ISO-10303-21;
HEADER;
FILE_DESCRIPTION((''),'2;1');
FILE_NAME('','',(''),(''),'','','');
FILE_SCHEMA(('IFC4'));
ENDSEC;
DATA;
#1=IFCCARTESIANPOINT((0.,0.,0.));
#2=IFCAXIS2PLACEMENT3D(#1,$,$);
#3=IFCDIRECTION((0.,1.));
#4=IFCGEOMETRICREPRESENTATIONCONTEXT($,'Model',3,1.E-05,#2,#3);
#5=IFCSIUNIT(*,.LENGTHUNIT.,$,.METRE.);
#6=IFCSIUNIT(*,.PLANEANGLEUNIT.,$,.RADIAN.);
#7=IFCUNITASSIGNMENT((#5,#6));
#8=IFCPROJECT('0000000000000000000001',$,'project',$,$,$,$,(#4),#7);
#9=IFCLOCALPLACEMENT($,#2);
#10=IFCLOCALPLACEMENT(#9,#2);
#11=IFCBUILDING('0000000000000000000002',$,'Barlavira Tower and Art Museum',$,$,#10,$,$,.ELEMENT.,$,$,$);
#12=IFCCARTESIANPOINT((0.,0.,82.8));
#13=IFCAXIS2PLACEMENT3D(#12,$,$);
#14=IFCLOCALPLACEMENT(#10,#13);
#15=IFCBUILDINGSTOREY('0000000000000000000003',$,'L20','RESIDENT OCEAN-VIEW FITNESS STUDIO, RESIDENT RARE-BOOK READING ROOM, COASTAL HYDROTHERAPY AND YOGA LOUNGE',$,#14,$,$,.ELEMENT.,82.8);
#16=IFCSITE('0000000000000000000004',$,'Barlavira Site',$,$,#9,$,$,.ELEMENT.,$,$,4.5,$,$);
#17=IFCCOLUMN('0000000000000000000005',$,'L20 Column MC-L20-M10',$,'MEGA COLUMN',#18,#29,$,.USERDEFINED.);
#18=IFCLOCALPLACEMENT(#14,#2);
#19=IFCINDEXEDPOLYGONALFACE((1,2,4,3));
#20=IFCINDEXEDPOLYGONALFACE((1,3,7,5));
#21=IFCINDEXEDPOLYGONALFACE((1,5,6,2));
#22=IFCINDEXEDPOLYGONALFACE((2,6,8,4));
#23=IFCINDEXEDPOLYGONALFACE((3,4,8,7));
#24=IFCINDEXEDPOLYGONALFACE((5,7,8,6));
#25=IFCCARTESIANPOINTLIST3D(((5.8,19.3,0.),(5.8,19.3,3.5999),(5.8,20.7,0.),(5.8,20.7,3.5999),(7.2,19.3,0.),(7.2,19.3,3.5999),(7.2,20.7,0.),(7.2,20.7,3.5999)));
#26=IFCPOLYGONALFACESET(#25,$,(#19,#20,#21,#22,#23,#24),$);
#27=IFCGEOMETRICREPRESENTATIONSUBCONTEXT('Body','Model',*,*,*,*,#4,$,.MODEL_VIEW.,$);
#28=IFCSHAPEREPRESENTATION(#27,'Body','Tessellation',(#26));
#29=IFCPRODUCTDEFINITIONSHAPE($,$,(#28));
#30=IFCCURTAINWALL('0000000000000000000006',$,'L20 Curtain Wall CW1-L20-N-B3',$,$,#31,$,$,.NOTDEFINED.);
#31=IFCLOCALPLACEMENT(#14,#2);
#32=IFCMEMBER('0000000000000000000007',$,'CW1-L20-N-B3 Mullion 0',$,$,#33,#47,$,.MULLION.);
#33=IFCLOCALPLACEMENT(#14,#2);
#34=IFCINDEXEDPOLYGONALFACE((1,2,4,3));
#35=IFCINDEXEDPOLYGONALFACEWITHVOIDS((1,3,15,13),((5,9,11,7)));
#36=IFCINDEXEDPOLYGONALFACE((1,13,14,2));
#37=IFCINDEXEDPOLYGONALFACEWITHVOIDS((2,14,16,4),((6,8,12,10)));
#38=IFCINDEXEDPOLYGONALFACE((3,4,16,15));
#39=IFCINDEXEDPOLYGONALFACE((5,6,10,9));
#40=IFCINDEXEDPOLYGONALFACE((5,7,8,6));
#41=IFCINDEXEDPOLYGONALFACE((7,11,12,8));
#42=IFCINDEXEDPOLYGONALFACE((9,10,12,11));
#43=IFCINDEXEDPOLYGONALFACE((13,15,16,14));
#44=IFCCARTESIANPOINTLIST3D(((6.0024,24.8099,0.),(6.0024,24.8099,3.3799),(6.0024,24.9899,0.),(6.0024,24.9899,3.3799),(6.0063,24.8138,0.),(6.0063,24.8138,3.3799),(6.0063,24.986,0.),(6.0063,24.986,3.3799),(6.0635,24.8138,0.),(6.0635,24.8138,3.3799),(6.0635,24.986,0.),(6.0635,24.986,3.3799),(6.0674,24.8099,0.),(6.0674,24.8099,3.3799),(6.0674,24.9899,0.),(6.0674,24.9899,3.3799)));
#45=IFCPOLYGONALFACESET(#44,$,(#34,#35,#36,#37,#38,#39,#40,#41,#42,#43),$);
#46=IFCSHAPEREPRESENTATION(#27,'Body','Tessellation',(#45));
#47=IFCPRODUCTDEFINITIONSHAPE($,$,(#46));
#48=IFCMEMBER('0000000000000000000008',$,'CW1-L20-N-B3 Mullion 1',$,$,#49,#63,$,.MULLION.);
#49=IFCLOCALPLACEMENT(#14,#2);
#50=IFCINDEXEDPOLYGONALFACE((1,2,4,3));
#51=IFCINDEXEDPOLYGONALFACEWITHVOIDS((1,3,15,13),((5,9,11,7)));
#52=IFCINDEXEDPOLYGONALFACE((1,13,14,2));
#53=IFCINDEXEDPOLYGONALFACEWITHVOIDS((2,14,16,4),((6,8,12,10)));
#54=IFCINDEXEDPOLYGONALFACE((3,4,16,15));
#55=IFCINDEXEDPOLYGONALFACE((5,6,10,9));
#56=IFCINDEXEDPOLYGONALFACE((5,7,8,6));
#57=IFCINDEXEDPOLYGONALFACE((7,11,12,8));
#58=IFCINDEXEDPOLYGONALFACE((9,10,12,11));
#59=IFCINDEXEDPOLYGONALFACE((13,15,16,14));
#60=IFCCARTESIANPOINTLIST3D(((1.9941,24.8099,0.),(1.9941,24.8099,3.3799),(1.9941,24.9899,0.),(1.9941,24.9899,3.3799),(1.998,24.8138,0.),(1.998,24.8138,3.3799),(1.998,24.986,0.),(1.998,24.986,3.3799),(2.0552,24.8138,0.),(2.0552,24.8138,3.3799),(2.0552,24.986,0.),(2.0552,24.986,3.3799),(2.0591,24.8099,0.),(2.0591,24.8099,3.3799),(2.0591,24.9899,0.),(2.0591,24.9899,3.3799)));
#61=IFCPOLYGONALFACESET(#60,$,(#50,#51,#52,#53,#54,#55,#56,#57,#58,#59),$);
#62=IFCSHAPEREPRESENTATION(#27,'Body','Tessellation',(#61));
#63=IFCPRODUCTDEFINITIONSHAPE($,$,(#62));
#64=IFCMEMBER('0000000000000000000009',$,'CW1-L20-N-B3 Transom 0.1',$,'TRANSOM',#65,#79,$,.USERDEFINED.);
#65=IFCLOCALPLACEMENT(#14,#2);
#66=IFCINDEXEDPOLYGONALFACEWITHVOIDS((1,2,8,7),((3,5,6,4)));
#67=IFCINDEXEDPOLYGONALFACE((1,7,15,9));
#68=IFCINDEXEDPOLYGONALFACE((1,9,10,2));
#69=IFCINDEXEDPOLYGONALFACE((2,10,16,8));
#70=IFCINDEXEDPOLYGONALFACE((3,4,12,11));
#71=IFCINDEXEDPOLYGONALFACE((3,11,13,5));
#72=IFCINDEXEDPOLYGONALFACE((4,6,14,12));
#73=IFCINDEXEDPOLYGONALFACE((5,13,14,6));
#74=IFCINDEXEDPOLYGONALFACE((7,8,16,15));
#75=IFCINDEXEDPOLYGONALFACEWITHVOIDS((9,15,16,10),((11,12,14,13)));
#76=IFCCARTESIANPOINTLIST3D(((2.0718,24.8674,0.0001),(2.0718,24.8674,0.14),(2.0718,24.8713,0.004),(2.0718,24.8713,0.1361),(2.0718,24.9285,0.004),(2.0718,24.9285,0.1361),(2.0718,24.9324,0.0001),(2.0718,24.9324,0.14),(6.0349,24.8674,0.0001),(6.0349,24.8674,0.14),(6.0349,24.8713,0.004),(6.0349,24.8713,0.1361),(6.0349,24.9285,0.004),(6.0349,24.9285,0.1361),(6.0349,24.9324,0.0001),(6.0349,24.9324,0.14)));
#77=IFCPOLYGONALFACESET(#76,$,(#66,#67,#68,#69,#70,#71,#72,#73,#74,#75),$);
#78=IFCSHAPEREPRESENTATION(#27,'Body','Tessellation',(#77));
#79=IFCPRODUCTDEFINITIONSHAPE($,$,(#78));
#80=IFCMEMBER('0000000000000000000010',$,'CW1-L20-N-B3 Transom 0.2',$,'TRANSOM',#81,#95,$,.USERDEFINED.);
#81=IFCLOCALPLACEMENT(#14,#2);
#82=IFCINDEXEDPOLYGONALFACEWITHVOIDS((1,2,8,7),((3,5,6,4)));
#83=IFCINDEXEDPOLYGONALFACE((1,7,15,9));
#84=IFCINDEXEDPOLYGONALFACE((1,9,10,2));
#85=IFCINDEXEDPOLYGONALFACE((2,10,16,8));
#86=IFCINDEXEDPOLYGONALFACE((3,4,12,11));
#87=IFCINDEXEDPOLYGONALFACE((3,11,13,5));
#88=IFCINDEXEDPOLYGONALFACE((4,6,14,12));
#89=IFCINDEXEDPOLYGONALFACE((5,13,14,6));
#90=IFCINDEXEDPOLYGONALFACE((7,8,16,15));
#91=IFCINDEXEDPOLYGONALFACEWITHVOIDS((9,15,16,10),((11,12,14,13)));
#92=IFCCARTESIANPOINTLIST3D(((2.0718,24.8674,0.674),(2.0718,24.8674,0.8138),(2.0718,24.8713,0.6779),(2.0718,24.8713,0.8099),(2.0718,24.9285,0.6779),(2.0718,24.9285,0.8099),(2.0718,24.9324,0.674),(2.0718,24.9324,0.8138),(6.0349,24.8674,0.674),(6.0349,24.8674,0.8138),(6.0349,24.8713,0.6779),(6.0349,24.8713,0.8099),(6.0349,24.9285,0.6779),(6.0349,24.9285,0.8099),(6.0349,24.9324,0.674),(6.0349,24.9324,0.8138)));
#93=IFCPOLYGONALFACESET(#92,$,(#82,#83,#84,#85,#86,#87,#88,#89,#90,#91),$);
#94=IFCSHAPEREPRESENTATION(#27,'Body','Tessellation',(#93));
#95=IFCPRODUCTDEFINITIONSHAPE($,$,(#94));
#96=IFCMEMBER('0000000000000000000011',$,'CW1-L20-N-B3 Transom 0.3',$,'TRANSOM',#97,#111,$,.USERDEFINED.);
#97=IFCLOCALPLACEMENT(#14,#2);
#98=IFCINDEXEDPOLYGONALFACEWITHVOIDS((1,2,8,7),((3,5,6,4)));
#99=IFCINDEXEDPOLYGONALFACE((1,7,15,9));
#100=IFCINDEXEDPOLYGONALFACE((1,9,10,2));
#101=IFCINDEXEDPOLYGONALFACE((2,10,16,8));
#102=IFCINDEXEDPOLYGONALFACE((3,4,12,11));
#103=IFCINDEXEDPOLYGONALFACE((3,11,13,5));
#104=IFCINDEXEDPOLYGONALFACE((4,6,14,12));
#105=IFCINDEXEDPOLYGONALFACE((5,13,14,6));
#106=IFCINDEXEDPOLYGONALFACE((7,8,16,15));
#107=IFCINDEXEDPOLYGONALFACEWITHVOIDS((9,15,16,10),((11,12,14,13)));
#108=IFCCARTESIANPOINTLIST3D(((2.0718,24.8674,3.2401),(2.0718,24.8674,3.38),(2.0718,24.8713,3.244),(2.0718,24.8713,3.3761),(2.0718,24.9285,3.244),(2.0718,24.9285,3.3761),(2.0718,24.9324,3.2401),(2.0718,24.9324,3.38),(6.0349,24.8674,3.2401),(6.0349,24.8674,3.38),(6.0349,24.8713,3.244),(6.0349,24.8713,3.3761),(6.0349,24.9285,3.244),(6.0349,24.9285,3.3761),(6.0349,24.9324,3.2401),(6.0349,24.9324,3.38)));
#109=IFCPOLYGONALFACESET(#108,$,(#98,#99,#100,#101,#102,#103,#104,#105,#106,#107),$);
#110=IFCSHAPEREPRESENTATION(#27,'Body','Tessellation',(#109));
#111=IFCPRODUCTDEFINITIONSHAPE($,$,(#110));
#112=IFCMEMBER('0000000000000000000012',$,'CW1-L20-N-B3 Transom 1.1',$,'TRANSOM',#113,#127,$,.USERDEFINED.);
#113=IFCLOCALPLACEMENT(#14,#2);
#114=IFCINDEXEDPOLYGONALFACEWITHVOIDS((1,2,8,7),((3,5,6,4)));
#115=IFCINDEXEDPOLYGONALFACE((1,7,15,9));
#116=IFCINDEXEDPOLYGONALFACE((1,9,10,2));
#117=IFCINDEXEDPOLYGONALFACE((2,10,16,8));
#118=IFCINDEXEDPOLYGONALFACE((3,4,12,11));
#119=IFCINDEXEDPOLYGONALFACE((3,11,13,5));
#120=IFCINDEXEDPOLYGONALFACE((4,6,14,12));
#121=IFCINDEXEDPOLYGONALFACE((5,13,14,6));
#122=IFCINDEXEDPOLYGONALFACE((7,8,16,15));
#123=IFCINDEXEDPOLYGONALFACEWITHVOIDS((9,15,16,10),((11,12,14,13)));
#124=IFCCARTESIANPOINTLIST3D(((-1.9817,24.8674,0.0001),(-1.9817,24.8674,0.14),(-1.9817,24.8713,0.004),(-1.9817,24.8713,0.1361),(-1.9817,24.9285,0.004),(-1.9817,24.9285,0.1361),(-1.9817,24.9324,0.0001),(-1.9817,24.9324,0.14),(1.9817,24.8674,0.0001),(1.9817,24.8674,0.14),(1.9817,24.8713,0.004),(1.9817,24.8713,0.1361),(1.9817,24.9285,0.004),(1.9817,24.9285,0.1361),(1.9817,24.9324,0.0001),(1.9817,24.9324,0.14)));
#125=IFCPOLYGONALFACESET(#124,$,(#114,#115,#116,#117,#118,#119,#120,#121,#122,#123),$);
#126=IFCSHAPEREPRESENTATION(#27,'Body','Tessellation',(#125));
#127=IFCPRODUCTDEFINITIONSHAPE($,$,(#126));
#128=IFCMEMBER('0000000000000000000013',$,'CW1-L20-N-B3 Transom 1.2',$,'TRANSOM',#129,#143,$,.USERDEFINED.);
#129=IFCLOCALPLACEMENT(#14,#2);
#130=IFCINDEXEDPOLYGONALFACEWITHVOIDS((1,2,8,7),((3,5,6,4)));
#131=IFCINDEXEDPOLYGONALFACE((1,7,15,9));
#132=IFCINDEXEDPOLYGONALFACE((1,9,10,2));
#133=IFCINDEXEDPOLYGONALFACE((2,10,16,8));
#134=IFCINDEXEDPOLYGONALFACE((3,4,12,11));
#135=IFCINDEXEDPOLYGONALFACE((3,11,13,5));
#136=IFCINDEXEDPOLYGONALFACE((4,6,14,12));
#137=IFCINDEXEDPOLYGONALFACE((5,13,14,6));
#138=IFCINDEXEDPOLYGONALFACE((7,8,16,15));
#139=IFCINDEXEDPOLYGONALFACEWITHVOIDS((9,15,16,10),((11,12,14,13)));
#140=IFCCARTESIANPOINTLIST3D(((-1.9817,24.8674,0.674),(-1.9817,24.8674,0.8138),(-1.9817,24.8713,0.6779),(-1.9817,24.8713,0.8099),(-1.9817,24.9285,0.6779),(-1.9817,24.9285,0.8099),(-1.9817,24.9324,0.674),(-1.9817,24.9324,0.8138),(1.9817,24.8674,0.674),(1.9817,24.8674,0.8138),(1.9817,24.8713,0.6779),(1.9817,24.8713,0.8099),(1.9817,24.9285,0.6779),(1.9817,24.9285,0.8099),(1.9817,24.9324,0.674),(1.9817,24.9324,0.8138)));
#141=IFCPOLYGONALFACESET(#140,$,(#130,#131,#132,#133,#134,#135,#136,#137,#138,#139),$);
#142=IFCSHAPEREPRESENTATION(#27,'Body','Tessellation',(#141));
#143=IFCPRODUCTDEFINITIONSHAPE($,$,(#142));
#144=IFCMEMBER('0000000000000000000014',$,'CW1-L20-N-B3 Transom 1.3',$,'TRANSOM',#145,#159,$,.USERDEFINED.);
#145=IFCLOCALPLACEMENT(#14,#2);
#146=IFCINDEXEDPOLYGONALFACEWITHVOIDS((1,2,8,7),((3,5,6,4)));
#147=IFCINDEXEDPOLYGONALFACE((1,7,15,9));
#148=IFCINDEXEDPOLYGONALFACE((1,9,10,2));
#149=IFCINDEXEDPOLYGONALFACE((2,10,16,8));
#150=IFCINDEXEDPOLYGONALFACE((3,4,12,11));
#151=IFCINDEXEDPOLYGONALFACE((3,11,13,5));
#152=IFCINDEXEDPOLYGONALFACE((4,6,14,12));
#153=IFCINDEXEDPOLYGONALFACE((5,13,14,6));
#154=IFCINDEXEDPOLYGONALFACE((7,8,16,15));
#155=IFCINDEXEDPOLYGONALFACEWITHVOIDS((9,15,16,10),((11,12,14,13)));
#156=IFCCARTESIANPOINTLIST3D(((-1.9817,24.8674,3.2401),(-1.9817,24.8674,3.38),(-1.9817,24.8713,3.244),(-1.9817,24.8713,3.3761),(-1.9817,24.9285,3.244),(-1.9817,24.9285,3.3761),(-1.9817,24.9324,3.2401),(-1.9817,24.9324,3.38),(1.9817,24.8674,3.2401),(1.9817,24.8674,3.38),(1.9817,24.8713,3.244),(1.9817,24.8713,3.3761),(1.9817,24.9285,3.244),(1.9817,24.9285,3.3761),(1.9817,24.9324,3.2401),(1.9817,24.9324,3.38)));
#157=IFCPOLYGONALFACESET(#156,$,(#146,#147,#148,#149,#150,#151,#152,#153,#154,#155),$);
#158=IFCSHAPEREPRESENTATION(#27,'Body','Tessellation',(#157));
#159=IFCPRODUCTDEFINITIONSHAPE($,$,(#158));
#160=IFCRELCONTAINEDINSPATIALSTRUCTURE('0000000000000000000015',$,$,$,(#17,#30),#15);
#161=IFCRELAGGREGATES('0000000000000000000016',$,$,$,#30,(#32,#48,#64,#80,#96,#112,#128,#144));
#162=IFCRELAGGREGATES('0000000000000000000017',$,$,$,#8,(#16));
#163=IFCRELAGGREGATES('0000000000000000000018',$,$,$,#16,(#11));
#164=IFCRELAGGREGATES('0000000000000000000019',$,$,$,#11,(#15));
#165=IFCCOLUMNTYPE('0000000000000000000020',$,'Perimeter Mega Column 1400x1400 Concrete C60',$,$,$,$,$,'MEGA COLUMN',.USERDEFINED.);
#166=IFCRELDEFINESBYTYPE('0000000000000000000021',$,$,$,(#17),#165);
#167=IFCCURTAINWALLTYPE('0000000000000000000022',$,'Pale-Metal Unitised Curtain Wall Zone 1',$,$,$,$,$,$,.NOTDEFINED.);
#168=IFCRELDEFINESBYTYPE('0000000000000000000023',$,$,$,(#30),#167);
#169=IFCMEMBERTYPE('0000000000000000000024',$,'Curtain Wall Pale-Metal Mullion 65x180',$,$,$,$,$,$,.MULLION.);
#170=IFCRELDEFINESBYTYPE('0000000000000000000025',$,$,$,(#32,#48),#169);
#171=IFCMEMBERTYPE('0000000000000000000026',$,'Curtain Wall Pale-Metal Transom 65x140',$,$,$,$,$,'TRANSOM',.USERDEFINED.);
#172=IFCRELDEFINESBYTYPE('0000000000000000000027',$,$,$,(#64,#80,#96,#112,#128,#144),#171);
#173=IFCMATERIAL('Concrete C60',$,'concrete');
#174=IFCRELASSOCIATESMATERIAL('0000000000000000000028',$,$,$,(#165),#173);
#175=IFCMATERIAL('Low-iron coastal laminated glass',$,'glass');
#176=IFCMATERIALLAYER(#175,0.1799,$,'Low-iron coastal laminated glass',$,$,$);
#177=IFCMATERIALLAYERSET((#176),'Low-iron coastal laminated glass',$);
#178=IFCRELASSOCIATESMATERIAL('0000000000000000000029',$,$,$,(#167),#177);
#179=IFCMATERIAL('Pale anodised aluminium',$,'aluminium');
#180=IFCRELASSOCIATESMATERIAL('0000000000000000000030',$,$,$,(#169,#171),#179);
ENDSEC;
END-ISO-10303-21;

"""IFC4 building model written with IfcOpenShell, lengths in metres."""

from ifc_helpers import new_model, si_unit, direction, frame, origin, origin_2d, place, context, subcontext, project, spatial, rectangle, hollow_rectangle, extrude, material, layer, layer_set, material_profile, profile_set, type_object, element, aggregate, save


model = new_model("IFC4")

# Units and contexts
model_context = context("Model", 3, precision=1e-05, world=origin(), true_north=direction((0.0, 1.0)))
body_context = subcontext(model_context, "Body", "Model", "MODEL_VIEW")
ifc_project = project(units=[si_unit("LENGTHUNIT", "METRE"), si_unit("PLANEANGLEUNIT", "RADIAN")], contexts=[model_context])

# Site, building, storey
site_placement = place(None, origin())
site = spatial("IfcSite", under=ifc_project, at=site_placement, Name="Barlavira Site", CompositionType="ELEMENT", RefElevation=4.5)
building_placement = place(site_placement, origin())
building = spatial("IfcBuilding", under=site, at=building_placement, Name="Barlavira Tower and Art Museum", CompositionType="ELEMENT")
storey_placement = place(building_placement, frame((0.0, 0.0, 82.8)))
storey = spatial("IfcBuildingStorey", under=building, at=storey_placement, Name="L20", Description="RESIDENT OCEAN-VIEW FITNESS STUDIO, RESIDENT RARE-BOOK READING ROOM, COASTAL HYDROTHERAPY AND YOGA LOUNGE", CompositionType="ELEMENT", Elevation=82.8)

# Column
ifc_material_1 = material(Name="Concrete C60", Category="concrete")
ifc_material_profile_1 = material_profile(ifc_material_1, rectangle(XDim=1.3999, YDim=1.3999, at=origin_2d()), Name="RC-MCOL 1400x1400")
ifc_profile_set_1 = profile_set([ifc_material_profile_1], Name="Concrete C60")
column_type = type_object("IfcColumnType", Name="Perimeter Mega Column 1400x1400 Concrete C60", ElementType="MEGA COLUMN", PredefinedType="USERDEFINED", material=ifc_profile_set_1)
column_placement = place(storey_placement, frame((6.5, 20.0, 0.0), z_axis=(0.0, 0.0, 1.0), x_axis=(1.0, 0.0, 0.0)))
element("IfcColumn", 1, at=column_placement, inside=storey, type_object=column_type, Name="L20 Column MC-L20-M10", ObjectType="MEGA COLUMN", PredefinedType="USERDEFINED", context=body_context, shape_type="SweptSolid", body=[
    extrude(rectangle(XDim=1.3999, YDim=1.3999, at=origin_2d()), origin(), (0.0, 0.0, 1.0), 3.5999),
])

# Curtain wall, members
ifc_material_2 = material(Name="Low-iron coastal laminated glass", Category="glass")
ifc_layer_1 = layer(ifc_material_2, 0.1799, Name="Low-iron coastal laminated glass")
ifc_layer_set_1 = layer_set([ifc_layer_1], Name="Low-iron coastal laminated glass")
curtain_wall_type = type_object("IfcCurtainWallType", Name="Pale-Metal Unitised Curtain Wall Zone 1", PredefinedType="NOTDEFINED", material=ifc_layer_set_1)
curtain_wall_placement = place(storey_placement, origin())
curtain_wall = element("IfcCurtainWall", 2, at=curtain_wall_placement, inside=storey, type_object=curtain_wall_type, Name="L20 Curtain Wall CW1-L20-N-B3", PredefinedType="NOTDEFINED")
ifc_material_3 = material(Name="Pale anodised aluminium", Category="aluminium")
ifc_material_profile_2 = material_profile(ifc_material_3, hollow_rectangle(XDim=0.0649, YDim=0.1799, WallThickness=0.0039, at=origin_2d()), Name="ALU-MULL 65x180x4")
ifc_profile_set_2 = profile_set([ifc_material_profile_2], Name="Pale anodised aluminium")
member_type_1 = type_object("IfcMemberType", Name="Curtain Wall Pale-Metal Mullion 65x180", PredefinedType="MULLION", material=ifc_profile_set_2)
member_1_placement = place(storey_placement, frame((6.0349, 24.8999, 0.0), z_axis=(0.0, 0.0, 1.0), x_axis=(-1.0, 0.0, 0.0)))
member_1 = element("IfcMember", 3, at=member_1_placement, type_object=member_type_1, Name="CW1-L20-N-B3 Mullion 0", PredefinedType="MULLION", context=body_context, shape_type="SweptSolid", body=[
    extrude(hollow_rectangle(XDim=0.0649, YDim=0.1799, WallThickness=0.0039, at=origin_2d()), origin(), (0.0, 0.0, 1.0), 3.3799),
])
member_2_placement = place(storey_placement, frame((2.0266, 24.8999, 0.0), z_axis=(0.0, 0.0, 1.0), x_axis=(-1.0, 0.0, 0.0)))
member_2 = element("IfcMember", 4, at=member_2_placement, type_object=member_type_1, Name="CW1-L20-N-B3 Mullion 1", PredefinedType="MULLION", context=body_context, shape_type="SweptSolid", body=[
    extrude(hollow_rectangle(XDim=0.0649, YDim=0.1799, WallThickness=0.0039, at=origin_2d()), origin(), (0.0, 0.0, 1.0), 3.3799),
])
ifc_material_profile_3 = material_profile(ifc_material_3, hollow_rectangle(XDim=0.0649, YDim=0.1399, WallThickness=0.0039, at=origin_2d()), Name="ALU-TRAN 65x140x4")
ifc_profile_set_3 = profile_set([ifc_material_profile_3], Name="Pale anodised aluminium")
member_type_2 = type_object("IfcMemberType", Name="Curtain Wall Pale-Metal Transom 65x140", ElementType="TRANSOM", PredefinedType="USERDEFINED", material=ifc_profile_set_3)
member_3_placement = place(storey_placement, frame((6.0349, 24.8999, 0.0701), z_axis=(-1.0, 0.0, 0.0), x_axis=(0.0, -1.0, 0.0)))
member_3 = element("IfcMember", 5, at=member_3_placement, type_object=member_type_2, Name="CW1-L20-N-B3 Transom 0.1", ObjectType="TRANSOM", PredefinedType="USERDEFINED", context=body_context, shape_type="SweptSolid", body=[
    extrude(hollow_rectangle(XDim=0.0649, YDim=0.1399, WallThickness=0.0039, at=origin_2d()), origin(), (0.0, 0.0, 1.0), 3.9631),
])
member_4_placement = place(storey_placement, frame((6.0349, 24.8999, 0.7439), z_axis=(-1.0, 0.0, 0.0), x_axis=(0.0, -1.0, 0.0)))
member_4 = element("IfcMember", 6, at=member_4_placement, type_object=member_type_2, Name="CW1-L20-N-B3 Transom 0.2", ObjectType="TRANSOM", PredefinedType="USERDEFINED", context=body_context, shape_type="SweptSolid", body=[
    extrude(hollow_rectangle(XDim=0.0649, YDim=0.1399, WallThickness=0.0039, at=origin_2d()), origin(), (0.0, 0.0, 1.0), 3.9631),
])
member_5_placement = place(storey_placement, frame((6.0349, 24.8999, 3.3101), z_axis=(-1.0, 0.0, 0.0), x_axis=(0.0, -1.0, 0.0)))
member_5 = element("IfcMember", 7, at=member_5_placement, type_object=member_type_2, Name="CW1-L20-N-B3 Transom 0.3", ObjectType="TRANSOM", PredefinedType="USERDEFINED", context=body_context, shape_type="SweptSolid", body=[
    extrude(hollow_rectangle(XDim=0.0649, YDim=0.1399, WallThickness=0.0039, at=origin_2d()), origin(), (0.0, 0.0, 1.0), 3.9631),
])
member_6_placement = place(storey_placement, frame((1.9817, 24.8999, 0.0701), z_axis=(-1.0, 0.0, 0.0), x_axis=(0.0, -1.0, 0.0)))
member_6 = element("IfcMember", 8, at=member_6_placement, type_object=member_type_2, Name="CW1-L20-N-B3 Transom 1.1", ObjectType="TRANSOM", PredefinedType="USERDEFINED", context=body_context, shape_type="SweptSolid", body=[
    extrude(hollow_rectangle(XDim=0.0649, YDim=0.1399, WallThickness=0.0039, at=origin_2d()), origin(), (0.0, 0.0, 1.0), 3.9634),
])
member_7_placement = place(storey_placement, frame((1.9817, 24.8999, 0.7439), z_axis=(-1.0, 0.0, 0.0), x_axis=(0.0, -1.0, 0.0)))
member_7 = element("IfcMember", 9, at=member_7_placement, type_object=member_type_2, Name="CW1-L20-N-B3 Transom 1.2", ObjectType="TRANSOM", PredefinedType="USERDEFINED", context=body_context, shape_type="SweptSolid", body=[
    extrude(hollow_rectangle(XDim=0.0649, YDim=0.1399, WallThickness=0.0039, at=origin_2d()), origin(), (0.0, 0.0, 1.0), 3.9634),
])
member_8_placement = place(storey_placement, frame((1.9817, 24.8999, 3.3101), z_axis=(-1.0, 0.0, 0.0), x_axis=(0.0, -1.0, 0.0)))
member_8 = element("IfcMember", 10, at=member_8_placement, type_object=member_type_2, Name="CW1-L20-N-B3 Transom 1.3", ObjectType="TRANSOM", PredefinedType="USERDEFINED", context=body_context, shape_type="SweptSolid", body=[
    extrude(hollow_rectangle(XDim=0.0649, YDim=0.1399, WallThickness=0.0039, at=origin_2d()), origin(), (0.0, 0.0, 1.0), 3.9634),
])

aggregate(curtain_wall, [member_1, member_2, member_3, member_4, member_5, member_6, member_7, member_8])

save(model, "model.ifc")
